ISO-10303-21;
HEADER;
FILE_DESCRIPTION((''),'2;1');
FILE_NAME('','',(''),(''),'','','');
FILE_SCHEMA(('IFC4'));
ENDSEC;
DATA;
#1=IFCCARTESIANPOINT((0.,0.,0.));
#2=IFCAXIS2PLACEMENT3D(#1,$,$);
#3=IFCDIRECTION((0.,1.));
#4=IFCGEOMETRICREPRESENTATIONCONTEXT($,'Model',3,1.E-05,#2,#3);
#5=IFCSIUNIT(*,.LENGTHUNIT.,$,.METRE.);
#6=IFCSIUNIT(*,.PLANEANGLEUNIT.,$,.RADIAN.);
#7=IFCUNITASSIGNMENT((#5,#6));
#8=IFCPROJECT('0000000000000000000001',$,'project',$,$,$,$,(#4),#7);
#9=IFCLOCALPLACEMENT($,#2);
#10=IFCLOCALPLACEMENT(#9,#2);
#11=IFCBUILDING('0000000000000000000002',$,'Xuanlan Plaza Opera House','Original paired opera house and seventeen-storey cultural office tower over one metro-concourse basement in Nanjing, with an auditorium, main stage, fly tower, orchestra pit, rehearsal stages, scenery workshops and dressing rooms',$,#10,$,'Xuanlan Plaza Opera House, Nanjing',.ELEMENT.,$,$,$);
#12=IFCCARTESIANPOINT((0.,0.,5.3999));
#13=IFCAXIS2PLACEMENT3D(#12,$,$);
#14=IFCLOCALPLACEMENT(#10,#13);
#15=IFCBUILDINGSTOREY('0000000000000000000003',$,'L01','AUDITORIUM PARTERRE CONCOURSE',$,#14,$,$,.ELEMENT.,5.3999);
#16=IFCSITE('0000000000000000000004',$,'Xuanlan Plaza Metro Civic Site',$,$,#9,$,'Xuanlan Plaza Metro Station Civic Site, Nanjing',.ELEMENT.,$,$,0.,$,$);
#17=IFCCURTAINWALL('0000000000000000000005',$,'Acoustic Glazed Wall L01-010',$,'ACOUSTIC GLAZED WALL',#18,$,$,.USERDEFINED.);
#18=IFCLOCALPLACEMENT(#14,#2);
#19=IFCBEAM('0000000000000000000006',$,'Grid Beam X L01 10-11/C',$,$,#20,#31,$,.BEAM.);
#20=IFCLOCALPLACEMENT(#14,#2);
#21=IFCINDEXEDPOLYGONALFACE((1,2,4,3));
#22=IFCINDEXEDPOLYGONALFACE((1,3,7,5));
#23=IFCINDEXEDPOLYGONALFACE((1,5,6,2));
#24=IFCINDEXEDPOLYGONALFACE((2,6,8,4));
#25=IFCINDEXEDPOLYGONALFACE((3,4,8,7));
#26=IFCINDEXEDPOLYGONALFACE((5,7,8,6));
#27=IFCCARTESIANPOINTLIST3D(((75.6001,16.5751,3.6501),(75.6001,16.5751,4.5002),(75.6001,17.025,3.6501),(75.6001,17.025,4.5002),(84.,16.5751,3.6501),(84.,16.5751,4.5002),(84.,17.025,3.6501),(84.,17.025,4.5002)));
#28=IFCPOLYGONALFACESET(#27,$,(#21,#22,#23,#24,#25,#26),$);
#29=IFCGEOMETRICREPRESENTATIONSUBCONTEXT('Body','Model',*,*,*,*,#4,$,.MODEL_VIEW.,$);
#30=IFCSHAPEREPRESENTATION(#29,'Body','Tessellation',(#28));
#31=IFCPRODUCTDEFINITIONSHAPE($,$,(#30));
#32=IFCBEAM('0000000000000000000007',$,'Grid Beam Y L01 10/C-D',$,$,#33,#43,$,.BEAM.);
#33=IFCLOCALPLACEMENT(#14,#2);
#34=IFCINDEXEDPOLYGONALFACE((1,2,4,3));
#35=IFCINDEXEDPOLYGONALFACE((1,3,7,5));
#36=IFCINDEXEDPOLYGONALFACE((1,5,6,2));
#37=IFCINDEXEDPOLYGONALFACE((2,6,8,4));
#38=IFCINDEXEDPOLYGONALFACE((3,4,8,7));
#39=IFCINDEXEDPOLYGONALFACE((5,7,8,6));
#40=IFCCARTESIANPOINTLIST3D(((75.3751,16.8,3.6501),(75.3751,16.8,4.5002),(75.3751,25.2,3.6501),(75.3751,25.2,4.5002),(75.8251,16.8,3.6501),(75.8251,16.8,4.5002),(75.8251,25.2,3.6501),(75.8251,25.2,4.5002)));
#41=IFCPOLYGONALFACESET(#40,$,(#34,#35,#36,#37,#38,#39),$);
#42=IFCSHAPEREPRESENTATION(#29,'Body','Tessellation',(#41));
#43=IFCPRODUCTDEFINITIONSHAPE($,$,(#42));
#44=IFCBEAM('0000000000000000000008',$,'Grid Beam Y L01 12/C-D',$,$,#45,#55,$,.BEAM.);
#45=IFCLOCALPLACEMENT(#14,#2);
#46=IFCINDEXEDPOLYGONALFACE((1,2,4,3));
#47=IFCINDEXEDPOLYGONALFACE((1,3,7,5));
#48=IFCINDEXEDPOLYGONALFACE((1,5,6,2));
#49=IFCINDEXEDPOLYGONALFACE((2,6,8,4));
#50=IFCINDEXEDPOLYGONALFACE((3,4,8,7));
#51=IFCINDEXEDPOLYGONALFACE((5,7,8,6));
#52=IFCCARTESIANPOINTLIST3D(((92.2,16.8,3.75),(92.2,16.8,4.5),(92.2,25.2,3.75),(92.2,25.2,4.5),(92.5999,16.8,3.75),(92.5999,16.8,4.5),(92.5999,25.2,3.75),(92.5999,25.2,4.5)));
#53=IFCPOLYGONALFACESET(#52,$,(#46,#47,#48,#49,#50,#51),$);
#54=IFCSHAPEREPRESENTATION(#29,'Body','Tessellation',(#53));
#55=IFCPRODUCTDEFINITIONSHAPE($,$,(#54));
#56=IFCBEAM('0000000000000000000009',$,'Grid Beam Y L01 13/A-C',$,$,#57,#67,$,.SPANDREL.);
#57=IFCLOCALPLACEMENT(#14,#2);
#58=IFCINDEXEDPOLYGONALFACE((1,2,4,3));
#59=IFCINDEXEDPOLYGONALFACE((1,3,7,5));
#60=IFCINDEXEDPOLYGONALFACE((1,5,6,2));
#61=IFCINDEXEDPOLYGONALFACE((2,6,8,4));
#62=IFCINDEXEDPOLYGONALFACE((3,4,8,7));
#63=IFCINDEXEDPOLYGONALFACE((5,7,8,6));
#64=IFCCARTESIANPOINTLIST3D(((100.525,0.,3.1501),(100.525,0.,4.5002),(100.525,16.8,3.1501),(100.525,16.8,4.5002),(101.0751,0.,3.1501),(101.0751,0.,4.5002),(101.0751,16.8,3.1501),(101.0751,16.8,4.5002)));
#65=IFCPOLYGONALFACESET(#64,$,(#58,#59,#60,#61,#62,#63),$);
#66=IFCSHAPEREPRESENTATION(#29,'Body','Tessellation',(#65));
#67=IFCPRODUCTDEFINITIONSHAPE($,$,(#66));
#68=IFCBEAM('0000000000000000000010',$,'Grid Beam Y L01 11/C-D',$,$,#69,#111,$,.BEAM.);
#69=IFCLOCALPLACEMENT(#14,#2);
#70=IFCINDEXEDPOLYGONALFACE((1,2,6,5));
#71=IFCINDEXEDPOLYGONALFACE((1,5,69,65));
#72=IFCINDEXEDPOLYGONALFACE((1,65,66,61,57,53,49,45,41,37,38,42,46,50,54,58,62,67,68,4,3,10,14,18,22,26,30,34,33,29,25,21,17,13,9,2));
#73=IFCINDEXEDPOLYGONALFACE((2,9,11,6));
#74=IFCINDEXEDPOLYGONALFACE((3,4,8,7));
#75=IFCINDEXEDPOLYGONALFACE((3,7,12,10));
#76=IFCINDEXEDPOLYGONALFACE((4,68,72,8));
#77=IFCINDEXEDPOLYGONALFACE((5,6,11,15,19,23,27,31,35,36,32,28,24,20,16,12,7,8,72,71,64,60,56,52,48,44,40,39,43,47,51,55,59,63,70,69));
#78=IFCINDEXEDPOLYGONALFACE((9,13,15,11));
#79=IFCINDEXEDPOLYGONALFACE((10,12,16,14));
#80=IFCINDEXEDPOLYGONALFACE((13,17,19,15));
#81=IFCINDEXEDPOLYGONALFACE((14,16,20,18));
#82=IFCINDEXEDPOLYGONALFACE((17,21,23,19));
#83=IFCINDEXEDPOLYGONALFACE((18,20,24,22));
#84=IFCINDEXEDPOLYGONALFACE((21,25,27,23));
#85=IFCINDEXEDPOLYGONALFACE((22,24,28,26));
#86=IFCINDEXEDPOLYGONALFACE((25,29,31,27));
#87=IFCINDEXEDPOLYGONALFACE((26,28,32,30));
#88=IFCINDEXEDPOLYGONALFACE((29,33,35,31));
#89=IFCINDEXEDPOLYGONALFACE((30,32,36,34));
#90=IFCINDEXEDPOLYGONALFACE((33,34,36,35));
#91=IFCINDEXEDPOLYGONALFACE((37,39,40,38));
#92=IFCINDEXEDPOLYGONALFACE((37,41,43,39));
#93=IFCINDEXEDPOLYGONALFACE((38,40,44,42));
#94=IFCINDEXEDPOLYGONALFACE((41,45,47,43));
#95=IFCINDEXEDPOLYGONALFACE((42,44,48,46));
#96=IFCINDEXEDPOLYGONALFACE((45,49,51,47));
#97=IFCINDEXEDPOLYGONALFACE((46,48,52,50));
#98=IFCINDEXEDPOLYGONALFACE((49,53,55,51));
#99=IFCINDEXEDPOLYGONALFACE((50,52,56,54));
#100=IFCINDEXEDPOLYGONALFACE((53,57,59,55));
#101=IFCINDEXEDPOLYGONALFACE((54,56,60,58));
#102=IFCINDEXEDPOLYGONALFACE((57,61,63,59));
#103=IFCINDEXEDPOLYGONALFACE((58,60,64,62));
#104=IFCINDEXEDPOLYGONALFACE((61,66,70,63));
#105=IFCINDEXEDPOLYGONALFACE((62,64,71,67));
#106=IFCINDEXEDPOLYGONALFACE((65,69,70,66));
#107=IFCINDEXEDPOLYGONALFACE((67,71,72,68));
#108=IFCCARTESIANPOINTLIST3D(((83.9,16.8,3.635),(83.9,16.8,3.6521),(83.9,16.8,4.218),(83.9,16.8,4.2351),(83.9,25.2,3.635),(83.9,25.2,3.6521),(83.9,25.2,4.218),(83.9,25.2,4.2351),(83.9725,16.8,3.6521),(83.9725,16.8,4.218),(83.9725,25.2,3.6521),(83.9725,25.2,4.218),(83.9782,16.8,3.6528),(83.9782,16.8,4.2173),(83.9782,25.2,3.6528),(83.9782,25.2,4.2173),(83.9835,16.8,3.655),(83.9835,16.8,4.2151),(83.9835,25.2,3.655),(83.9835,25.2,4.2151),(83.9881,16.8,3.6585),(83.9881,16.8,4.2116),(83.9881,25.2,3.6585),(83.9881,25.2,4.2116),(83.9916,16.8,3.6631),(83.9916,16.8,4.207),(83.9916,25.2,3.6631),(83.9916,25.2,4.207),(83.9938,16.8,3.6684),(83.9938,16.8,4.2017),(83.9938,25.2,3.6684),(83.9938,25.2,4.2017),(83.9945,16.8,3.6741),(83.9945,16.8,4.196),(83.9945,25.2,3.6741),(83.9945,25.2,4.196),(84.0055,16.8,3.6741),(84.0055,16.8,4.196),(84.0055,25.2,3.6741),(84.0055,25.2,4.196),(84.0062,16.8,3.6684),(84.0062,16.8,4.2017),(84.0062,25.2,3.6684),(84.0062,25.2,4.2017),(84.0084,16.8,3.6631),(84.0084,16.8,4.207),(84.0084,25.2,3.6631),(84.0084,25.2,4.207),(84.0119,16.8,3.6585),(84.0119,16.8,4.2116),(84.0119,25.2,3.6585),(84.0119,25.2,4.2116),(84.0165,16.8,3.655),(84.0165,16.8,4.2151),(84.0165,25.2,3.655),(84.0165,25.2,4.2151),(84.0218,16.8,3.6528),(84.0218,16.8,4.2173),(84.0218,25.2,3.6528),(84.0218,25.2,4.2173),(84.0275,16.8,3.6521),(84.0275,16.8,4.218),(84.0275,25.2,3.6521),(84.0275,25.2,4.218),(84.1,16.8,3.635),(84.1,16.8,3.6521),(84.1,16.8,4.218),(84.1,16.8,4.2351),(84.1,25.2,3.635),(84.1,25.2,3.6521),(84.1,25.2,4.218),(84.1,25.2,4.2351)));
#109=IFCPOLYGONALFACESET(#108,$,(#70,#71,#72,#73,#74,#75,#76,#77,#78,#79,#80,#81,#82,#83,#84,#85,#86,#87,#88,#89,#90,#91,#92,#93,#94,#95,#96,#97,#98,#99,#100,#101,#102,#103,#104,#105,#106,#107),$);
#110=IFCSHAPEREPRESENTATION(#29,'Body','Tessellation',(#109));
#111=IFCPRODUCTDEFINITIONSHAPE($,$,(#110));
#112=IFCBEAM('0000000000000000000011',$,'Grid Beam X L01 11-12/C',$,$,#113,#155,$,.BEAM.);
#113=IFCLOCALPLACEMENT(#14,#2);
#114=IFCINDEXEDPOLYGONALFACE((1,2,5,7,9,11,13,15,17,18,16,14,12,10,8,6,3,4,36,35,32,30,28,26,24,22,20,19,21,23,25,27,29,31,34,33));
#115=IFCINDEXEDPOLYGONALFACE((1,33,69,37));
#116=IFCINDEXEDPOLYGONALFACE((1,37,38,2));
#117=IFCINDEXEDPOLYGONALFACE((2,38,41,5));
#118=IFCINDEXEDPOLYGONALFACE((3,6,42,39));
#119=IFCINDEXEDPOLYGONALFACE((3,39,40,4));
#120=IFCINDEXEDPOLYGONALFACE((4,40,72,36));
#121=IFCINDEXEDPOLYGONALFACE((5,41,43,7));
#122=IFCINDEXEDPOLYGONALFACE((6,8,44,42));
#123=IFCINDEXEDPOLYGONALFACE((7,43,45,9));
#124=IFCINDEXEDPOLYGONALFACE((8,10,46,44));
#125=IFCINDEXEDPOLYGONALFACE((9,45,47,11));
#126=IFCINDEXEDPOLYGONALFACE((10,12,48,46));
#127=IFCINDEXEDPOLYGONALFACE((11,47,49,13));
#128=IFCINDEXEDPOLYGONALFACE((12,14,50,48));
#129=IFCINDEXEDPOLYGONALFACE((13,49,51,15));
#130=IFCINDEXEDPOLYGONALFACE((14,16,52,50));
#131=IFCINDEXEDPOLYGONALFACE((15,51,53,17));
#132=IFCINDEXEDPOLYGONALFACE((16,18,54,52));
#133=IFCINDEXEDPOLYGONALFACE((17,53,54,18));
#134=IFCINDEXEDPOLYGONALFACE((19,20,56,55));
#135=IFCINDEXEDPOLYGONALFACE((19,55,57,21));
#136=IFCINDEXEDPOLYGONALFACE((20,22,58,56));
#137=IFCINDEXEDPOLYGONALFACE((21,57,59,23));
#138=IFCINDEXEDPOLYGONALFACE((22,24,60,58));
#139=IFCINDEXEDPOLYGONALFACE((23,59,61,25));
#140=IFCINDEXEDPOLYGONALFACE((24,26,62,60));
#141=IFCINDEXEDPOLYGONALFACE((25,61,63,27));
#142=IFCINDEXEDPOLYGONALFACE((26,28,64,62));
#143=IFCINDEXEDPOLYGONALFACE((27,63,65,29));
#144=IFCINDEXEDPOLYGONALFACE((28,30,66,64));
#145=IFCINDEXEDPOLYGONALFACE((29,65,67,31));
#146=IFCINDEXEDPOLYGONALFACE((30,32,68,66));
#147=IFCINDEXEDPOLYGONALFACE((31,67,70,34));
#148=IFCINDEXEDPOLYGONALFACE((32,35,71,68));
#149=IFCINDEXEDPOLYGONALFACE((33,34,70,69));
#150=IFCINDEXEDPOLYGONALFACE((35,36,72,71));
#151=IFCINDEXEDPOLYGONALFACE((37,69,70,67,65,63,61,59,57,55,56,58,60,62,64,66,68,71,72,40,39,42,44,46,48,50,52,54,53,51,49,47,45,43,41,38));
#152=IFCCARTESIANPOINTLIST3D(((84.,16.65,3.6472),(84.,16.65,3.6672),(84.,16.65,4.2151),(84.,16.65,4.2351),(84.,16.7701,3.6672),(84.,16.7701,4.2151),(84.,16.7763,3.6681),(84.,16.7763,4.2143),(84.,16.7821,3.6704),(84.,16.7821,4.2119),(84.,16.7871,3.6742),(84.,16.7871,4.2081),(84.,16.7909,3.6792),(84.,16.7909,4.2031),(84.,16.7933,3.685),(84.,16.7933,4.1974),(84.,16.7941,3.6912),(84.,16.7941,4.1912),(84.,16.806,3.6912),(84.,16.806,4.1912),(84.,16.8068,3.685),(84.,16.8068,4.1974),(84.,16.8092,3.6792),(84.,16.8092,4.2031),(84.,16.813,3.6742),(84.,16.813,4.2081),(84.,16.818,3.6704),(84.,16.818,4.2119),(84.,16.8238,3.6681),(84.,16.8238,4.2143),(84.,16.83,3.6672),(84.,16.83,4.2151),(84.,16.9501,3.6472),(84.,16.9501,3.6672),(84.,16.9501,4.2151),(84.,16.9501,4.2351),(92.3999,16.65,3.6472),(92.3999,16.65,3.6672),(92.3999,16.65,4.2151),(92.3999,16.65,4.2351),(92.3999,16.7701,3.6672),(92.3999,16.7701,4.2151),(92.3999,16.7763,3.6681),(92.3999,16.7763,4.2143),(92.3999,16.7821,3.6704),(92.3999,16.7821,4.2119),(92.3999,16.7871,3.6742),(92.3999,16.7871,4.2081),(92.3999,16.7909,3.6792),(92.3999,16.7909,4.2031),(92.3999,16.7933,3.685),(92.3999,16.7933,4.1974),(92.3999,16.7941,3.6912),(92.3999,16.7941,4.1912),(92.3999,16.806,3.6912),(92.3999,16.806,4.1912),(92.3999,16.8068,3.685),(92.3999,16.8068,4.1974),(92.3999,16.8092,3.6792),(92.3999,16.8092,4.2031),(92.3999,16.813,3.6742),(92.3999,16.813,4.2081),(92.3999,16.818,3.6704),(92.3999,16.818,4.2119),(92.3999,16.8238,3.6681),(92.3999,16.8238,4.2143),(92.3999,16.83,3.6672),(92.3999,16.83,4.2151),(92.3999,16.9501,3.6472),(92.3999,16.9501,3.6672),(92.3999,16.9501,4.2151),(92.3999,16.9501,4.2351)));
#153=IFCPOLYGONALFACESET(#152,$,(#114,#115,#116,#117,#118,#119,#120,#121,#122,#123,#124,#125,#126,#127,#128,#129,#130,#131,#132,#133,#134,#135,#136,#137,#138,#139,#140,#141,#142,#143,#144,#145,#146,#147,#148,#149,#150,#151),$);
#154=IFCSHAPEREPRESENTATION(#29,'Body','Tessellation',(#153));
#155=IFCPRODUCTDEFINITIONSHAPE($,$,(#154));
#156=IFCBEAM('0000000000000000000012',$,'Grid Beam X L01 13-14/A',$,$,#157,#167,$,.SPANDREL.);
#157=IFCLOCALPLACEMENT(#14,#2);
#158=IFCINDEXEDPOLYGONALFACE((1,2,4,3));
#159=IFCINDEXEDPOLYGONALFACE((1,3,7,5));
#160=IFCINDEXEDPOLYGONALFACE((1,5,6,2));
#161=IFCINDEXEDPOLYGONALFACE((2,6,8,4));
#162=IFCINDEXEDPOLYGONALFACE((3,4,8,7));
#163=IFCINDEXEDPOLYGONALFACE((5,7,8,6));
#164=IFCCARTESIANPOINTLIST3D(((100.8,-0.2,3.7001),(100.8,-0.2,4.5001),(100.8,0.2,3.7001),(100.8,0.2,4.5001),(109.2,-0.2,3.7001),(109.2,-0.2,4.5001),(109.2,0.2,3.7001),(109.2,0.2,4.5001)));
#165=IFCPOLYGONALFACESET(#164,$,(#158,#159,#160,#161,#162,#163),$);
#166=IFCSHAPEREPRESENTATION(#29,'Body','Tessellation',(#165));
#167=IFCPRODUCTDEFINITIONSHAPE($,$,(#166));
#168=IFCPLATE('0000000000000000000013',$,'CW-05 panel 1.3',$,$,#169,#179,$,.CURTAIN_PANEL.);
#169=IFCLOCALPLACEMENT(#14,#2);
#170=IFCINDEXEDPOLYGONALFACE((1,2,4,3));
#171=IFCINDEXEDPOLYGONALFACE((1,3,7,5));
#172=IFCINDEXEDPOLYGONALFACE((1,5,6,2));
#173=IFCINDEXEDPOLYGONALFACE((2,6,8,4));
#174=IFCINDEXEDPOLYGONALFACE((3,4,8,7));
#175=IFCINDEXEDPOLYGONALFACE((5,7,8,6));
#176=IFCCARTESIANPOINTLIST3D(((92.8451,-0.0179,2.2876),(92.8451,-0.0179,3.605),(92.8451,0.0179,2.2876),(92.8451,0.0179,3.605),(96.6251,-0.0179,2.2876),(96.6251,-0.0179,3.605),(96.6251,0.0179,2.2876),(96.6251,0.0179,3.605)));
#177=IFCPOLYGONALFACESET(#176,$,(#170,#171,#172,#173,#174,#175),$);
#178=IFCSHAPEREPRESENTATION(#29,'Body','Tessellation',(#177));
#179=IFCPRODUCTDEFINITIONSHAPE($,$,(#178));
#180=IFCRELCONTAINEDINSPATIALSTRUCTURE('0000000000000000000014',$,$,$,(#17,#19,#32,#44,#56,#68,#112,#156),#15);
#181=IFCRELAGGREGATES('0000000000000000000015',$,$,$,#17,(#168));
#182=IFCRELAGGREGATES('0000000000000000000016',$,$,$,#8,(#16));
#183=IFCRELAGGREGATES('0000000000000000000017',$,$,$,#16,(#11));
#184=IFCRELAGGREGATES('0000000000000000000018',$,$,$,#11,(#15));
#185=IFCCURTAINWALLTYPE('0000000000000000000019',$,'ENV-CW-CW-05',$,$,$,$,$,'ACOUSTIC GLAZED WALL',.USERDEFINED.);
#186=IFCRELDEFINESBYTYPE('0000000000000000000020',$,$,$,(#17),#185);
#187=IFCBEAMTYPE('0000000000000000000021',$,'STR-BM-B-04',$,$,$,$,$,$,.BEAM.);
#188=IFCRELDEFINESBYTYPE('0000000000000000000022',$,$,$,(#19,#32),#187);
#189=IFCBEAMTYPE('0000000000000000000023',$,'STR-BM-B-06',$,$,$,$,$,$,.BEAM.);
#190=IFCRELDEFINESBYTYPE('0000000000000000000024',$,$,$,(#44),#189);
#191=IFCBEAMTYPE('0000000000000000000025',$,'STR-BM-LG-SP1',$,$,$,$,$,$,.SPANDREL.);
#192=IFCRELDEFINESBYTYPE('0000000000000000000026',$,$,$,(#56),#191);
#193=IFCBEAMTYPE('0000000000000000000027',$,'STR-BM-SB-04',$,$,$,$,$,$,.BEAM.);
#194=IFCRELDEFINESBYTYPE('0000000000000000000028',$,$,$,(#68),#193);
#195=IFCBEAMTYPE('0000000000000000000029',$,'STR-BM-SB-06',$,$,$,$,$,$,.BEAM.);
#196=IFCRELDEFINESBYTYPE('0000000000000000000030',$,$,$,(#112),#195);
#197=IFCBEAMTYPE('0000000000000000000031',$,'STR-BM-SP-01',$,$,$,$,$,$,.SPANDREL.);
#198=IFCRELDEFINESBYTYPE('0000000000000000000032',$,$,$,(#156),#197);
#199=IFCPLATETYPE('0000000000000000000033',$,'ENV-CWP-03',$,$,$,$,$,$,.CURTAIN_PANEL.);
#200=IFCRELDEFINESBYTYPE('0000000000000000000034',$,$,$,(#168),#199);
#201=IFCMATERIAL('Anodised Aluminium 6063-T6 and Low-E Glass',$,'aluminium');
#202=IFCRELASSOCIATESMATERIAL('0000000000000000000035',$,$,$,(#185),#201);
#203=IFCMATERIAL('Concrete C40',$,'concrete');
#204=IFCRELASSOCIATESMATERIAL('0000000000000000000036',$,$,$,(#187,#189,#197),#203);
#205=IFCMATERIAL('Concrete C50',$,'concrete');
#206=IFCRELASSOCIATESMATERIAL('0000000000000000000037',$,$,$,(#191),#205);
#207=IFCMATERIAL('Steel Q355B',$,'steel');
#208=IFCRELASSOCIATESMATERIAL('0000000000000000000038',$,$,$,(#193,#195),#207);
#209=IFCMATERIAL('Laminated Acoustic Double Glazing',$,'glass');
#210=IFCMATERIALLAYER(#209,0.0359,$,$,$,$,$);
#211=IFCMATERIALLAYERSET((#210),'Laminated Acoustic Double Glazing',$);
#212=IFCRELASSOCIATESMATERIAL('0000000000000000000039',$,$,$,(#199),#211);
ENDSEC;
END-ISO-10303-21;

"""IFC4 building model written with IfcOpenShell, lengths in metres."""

from ifc_helpers import new_model, si_unit, direction, frame, origin, origin_2d, place, context, subcontext, project, spatial, rectangle, i_section, extrude, material, layer, layer_set, material_profile, profile_set, type_object, element, aggregate, save


model = new_model("IFC4")

# Units and contexts
model_context = context("Model", 3, precision=1e-05, world=origin(), true_north=direction((0.0, 1.0)))
body_context = subcontext(model_context, "Body", "Model", "MODEL_VIEW")
ifc_project = project(units=[si_unit("LENGTHUNIT", "METRE"), si_unit("PLANEANGLEUNIT", "RADIAN")], contexts=[model_context])

# Site, building, storey
site_placement = place(None, origin())
site = spatial("IfcSite", under=ifc_project, at=site_placement, Name="Xuanlan Plaza Metro Civic Site", LongName="Xuanlan Plaza Metro Station Civic Site, Nanjing", CompositionType="ELEMENT", RefElevation=0.0)
building_placement = place(site_placement, origin())
building = spatial("IfcBuilding", under=site, at=building_placement, Name="Xuanlan Plaza Opera House", Description="Original paired opera house and seventeen-storey cultural office tower over one metro-concourse basement in Nanjing, with an auditorium, main stage, fly tower, orchestra pit, rehearsal stages, scenery workshops and dressing rooms", LongName="Xuanlan Plaza Opera House, Nanjing", CompositionType="ELEMENT")
storey_placement = place(building_placement, frame((0.0, 0.0, 5.3999)))
storey = spatial("IfcBuildingStorey", under=building, at=storey_placement, Name="L01", Description="AUDITORIUM PARTERRE CONCOURSE", CompositionType="ELEMENT", Elevation=5.3999)

# Shared definitions
ifc_material_1 = material(Name="Concrete C40", Category="concrete")

# Curtain wall
ifc_material_2 = material(Name="Anodised Aluminium 6063-T6 and Low-E Glass", Category="aluminium")
curtain_wall_type = type_object("IfcCurtainWallType", Name="ENV-CW-CW-05", ElementType="ACOUSTIC GLAZED WALL", PredefinedType="USERDEFINED", material=ifc_material_2)
curtain_wall_placement = place(storey_placement, origin())
curtain_wall = element("IfcCurtainWall", 1, at=curtain_wall_placement, inside=storey, type_object=curtain_wall_type, Name="Acoustic Glazed Wall L01-010", ObjectType="ACOUSTIC GLAZED WALL", PredefinedType="USERDEFINED")

# Beams
ifc_material_3 = material(Name="Concrete C50", Category="concrete")
ifc_material_profile_1 = material_profile(ifc_material_1, rectangle(XDim=0.45, YDim=0.8501, at=origin_2d()), Name="RC-BM 450x850")
ifc_profile_set_1 = profile_set([ifc_material_profile_1], Name="Concrete C40")
beam_type_1 = type_object("IfcBeamType", Name="STR-BM-B-04", PredefinedType="BEAM", material=ifc_profile_set_1)
for number, where, z_axis, x_axis, name in (
    (2, (75.6001, 16.8, 4.0752), (1.0, 0.0, 0.0), (0.0, 1.0, 0.0), "Grid Beam X L01 10-11/C"),
    (3, (75.6001, 16.8, 4.0752), (0.0, 1.0, 0.0), (-1.0, 0.0, 0.0), "Grid Beam Y L01 10/C-D"),
):
    element("IfcBeam", number, at=place(storey_placement, frame(where, z_axis=z_axis, x_axis=x_axis)), inside=storey, type_object=beam_type_1, Name=name, PredefinedType="BEAM", context=body_context, shape_type="SweptSolid", body=[
        extrude(rectangle(XDim=0.45, YDim=0.8501, at=origin_2d()), origin(), (0.0, 0.0, 1.0), 8.3999),
    ])
ifc_material_profile_2 = material_profile(ifc_material_1, rectangle(XDim=0.3999, YDim=0.75, at=origin_2d()), Name="RC-BM 400x750")
ifc_profile_set_2 = profile_set([ifc_material_profile_2], Name="Concrete C40")
beam_type_2 = type_object("IfcBeamType", Name="STR-BM-B-06", PredefinedType="BEAM", material=ifc_profile_set_2)
beam_1_placement = place(storey_placement, frame((92.3999, 16.8, 4.125), z_axis=(0.0, 1.0, 0.0), x_axis=(-1.0, 0.0, 0.0)))
element("IfcBeam", 4, at=beam_1_placement, inside=storey, type_object=beam_type_2, Name="Grid Beam Y L01 12/C-D", PredefinedType="BEAM", context=body_context, shape_type="SweptSolid", body=[
    extrude(rectangle(XDim=0.3999, YDim=0.75, at=origin_2d()), origin(), (0.0, 0.0, 1.0), 8.3999),
])
ifc_material_profile_3 = material_profile(ifc_material_3, rectangle(XDim=0.55, YDim=1.3501, at=origin_2d()), Name="RC-SPD 550x1350")
ifc_profile_set_3 = profile_set([ifc_material_profile_3], Name="Concrete C50")
beam_type_3 = type_object("IfcBeamType", Name="STR-BM-LG-SP1", PredefinedType="SPANDREL", material=ifc_profile_set_3)
beam_2_placement = place(storey_placement, frame((100.8, 0.0, 3.8252), z_axis=(0.0, 1.0, 0.0), x_axis=(-1.0, 0.0, 0.0)))
element("IfcBeam", 5, at=beam_2_placement, inside=storey, type_object=beam_type_3, Name="Grid Beam Y L01 13/A-C", PredefinedType="SPANDREL", context=body_context, shape_type="SweptSolid", body=[
    extrude(rectangle(XDim=0.55, YDim=1.3501, at=origin_2d()), origin(), (0.0, 0.0, 1.0), 16.8),
])
ifc_material_4 = material(Name="Steel Q355B", Category="steel")
ifc_material_profile_4 = material_profile(ifc_material_4, i_section(OverallWidth=0.2, OverallDepth=0.6001, WebThickness=0.011, FlangeThickness=0.0171, FilletRadius=0.022, at=origin_2d()), Name="HN 600x200x11x17")
ifc_profile_set_4 = profile_set([ifc_material_profile_4], Name="Steel Q355B")
beam_type_4 = type_object("IfcBeamType", Name="STR-BM-SB-04", PredefinedType="BEAM", material=ifc_profile_set_4)
beam_3_placement = place(storey_placement, frame((84.0, 16.8, 3.9351), z_axis=(0.0, 1.0, 0.0), x_axis=(-1.0, 0.0, 0.0)))
element("IfcBeam", 6, at=beam_3_placement, inside=storey, type_object=beam_type_4, Name="Grid Beam Y L01 11/C-D", PredefinedType="BEAM", context=body_context, shape_type="SweptSolid", body=[
    extrude(i_section(OverallWidth=0.2, OverallDepth=0.6001, WebThickness=0.011, FlangeThickness=0.0171, FilletRadius=0.022, at=origin_2d()), origin(), (0.0, 0.0, 1.0), 8.3999),
])
ifc_material_profile_5 = material_profile(ifc_material_4, i_section(OverallWidth=0.3, OverallDepth=0.5879, WebThickness=0.012, FlangeThickness=0.02, FilletRadius=0.0239, at=origin_2d()), Name="HM 588x300x12x20")
ifc_profile_set_5 = profile_set([ifc_material_profile_5], Name="Steel Q355B")
beam_type_5 = type_object("IfcBeamType", Name="STR-BM-SB-06", PredefinedType="BEAM", material=ifc_profile_set_5)
beam_4_placement = place(storey_placement, frame((84.0, 16.8, 3.9412), z_axis=(1.0, 0.0, 0.0), x_axis=(0.0, 1.0, 0.0)))
element("IfcBeam", 7, at=beam_4_placement, inside=storey, type_object=beam_type_5, Name="Grid Beam X L01 11-12/C", PredefinedType="BEAM", context=body_context, shape_type="SweptSolid", body=[
    extrude(i_section(OverallWidth=0.3, OverallDepth=0.5879, WebThickness=0.012, FlangeThickness=0.02, FilletRadius=0.0239, at=origin_2d()), origin(), (0.0, 0.0, 1.0), 8.3999),
])
ifc_material_profile_6 = material_profile(ifc_material_1, rectangle(XDim=0.3999, YDim=0.8, at=origin_2d()), Name="RC-SPD 400x800")
ifc_profile_set_6 = profile_set([ifc_material_profile_6], Name="Concrete C40")
beam_type_6 = type_object("IfcBeamType", Name="STR-BM-SP-01", PredefinedType="SPANDREL", material=ifc_profile_set_6)
beam_5_placement = place(storey_placement, frame((100.8, 0.0, 4.1001), z_axis=(1.0, 0.0, 0.0), x_axis=(0.0, 1.0, 0.0)))
element("IfcBeam", 8, at=beam_5_placement, inside=storey, type_object=beam_type_6, Name="Grid Beam X L01 13-14/A", PredefinedType="SPANDREL", context=body_context, shape_type="SweptSolid", body=[
    extrude(rectangle(XDim=0.3999, YDim=0.8, at=origin_2d()), origin(), (0.0, 0.0, 1.0), 8.3999),
])

# Plate
ifc_material_5 = material(Name="Laminated Acoustic Double Glazing", Category="glass")
ifc_layer_1 = layer(ifc_material_5, 0.0359)
ifc_layer_set_1 = layer_set([ifc_layer_1], Name="Laminated Acoustic Double Glazing")
plate_type = type_object("IfcPlateType", Name="ENV-CWP-03", PredefinedType="CURTAIN_PANEL", material=ifc_layer_set_1)
plate_1_placement = place(storey_placement, frame((94.7351, 0.0, 2.2876), z_axis=(0.0, 0.0, 1.0), x_axis=(1.0, 0.0, 0.0)))
plate_1 = element("IfcPlate", 9, at=plate_1_placement, type_object=plate_type, Name="CW-05 panel 1.3", PredefinedType="CURTAIN_PANEL", context=body_context, shape_type="SweptSolid", body=[
    extrude(rectangle(XDim=3.78, YDim=0.0359, at=origin_2d()), origin(), (0.0, 0.0, 1.0), 1.3174),
])
aggregate(curtain_wall, [plate_1])

save(model, "model.ifc")
